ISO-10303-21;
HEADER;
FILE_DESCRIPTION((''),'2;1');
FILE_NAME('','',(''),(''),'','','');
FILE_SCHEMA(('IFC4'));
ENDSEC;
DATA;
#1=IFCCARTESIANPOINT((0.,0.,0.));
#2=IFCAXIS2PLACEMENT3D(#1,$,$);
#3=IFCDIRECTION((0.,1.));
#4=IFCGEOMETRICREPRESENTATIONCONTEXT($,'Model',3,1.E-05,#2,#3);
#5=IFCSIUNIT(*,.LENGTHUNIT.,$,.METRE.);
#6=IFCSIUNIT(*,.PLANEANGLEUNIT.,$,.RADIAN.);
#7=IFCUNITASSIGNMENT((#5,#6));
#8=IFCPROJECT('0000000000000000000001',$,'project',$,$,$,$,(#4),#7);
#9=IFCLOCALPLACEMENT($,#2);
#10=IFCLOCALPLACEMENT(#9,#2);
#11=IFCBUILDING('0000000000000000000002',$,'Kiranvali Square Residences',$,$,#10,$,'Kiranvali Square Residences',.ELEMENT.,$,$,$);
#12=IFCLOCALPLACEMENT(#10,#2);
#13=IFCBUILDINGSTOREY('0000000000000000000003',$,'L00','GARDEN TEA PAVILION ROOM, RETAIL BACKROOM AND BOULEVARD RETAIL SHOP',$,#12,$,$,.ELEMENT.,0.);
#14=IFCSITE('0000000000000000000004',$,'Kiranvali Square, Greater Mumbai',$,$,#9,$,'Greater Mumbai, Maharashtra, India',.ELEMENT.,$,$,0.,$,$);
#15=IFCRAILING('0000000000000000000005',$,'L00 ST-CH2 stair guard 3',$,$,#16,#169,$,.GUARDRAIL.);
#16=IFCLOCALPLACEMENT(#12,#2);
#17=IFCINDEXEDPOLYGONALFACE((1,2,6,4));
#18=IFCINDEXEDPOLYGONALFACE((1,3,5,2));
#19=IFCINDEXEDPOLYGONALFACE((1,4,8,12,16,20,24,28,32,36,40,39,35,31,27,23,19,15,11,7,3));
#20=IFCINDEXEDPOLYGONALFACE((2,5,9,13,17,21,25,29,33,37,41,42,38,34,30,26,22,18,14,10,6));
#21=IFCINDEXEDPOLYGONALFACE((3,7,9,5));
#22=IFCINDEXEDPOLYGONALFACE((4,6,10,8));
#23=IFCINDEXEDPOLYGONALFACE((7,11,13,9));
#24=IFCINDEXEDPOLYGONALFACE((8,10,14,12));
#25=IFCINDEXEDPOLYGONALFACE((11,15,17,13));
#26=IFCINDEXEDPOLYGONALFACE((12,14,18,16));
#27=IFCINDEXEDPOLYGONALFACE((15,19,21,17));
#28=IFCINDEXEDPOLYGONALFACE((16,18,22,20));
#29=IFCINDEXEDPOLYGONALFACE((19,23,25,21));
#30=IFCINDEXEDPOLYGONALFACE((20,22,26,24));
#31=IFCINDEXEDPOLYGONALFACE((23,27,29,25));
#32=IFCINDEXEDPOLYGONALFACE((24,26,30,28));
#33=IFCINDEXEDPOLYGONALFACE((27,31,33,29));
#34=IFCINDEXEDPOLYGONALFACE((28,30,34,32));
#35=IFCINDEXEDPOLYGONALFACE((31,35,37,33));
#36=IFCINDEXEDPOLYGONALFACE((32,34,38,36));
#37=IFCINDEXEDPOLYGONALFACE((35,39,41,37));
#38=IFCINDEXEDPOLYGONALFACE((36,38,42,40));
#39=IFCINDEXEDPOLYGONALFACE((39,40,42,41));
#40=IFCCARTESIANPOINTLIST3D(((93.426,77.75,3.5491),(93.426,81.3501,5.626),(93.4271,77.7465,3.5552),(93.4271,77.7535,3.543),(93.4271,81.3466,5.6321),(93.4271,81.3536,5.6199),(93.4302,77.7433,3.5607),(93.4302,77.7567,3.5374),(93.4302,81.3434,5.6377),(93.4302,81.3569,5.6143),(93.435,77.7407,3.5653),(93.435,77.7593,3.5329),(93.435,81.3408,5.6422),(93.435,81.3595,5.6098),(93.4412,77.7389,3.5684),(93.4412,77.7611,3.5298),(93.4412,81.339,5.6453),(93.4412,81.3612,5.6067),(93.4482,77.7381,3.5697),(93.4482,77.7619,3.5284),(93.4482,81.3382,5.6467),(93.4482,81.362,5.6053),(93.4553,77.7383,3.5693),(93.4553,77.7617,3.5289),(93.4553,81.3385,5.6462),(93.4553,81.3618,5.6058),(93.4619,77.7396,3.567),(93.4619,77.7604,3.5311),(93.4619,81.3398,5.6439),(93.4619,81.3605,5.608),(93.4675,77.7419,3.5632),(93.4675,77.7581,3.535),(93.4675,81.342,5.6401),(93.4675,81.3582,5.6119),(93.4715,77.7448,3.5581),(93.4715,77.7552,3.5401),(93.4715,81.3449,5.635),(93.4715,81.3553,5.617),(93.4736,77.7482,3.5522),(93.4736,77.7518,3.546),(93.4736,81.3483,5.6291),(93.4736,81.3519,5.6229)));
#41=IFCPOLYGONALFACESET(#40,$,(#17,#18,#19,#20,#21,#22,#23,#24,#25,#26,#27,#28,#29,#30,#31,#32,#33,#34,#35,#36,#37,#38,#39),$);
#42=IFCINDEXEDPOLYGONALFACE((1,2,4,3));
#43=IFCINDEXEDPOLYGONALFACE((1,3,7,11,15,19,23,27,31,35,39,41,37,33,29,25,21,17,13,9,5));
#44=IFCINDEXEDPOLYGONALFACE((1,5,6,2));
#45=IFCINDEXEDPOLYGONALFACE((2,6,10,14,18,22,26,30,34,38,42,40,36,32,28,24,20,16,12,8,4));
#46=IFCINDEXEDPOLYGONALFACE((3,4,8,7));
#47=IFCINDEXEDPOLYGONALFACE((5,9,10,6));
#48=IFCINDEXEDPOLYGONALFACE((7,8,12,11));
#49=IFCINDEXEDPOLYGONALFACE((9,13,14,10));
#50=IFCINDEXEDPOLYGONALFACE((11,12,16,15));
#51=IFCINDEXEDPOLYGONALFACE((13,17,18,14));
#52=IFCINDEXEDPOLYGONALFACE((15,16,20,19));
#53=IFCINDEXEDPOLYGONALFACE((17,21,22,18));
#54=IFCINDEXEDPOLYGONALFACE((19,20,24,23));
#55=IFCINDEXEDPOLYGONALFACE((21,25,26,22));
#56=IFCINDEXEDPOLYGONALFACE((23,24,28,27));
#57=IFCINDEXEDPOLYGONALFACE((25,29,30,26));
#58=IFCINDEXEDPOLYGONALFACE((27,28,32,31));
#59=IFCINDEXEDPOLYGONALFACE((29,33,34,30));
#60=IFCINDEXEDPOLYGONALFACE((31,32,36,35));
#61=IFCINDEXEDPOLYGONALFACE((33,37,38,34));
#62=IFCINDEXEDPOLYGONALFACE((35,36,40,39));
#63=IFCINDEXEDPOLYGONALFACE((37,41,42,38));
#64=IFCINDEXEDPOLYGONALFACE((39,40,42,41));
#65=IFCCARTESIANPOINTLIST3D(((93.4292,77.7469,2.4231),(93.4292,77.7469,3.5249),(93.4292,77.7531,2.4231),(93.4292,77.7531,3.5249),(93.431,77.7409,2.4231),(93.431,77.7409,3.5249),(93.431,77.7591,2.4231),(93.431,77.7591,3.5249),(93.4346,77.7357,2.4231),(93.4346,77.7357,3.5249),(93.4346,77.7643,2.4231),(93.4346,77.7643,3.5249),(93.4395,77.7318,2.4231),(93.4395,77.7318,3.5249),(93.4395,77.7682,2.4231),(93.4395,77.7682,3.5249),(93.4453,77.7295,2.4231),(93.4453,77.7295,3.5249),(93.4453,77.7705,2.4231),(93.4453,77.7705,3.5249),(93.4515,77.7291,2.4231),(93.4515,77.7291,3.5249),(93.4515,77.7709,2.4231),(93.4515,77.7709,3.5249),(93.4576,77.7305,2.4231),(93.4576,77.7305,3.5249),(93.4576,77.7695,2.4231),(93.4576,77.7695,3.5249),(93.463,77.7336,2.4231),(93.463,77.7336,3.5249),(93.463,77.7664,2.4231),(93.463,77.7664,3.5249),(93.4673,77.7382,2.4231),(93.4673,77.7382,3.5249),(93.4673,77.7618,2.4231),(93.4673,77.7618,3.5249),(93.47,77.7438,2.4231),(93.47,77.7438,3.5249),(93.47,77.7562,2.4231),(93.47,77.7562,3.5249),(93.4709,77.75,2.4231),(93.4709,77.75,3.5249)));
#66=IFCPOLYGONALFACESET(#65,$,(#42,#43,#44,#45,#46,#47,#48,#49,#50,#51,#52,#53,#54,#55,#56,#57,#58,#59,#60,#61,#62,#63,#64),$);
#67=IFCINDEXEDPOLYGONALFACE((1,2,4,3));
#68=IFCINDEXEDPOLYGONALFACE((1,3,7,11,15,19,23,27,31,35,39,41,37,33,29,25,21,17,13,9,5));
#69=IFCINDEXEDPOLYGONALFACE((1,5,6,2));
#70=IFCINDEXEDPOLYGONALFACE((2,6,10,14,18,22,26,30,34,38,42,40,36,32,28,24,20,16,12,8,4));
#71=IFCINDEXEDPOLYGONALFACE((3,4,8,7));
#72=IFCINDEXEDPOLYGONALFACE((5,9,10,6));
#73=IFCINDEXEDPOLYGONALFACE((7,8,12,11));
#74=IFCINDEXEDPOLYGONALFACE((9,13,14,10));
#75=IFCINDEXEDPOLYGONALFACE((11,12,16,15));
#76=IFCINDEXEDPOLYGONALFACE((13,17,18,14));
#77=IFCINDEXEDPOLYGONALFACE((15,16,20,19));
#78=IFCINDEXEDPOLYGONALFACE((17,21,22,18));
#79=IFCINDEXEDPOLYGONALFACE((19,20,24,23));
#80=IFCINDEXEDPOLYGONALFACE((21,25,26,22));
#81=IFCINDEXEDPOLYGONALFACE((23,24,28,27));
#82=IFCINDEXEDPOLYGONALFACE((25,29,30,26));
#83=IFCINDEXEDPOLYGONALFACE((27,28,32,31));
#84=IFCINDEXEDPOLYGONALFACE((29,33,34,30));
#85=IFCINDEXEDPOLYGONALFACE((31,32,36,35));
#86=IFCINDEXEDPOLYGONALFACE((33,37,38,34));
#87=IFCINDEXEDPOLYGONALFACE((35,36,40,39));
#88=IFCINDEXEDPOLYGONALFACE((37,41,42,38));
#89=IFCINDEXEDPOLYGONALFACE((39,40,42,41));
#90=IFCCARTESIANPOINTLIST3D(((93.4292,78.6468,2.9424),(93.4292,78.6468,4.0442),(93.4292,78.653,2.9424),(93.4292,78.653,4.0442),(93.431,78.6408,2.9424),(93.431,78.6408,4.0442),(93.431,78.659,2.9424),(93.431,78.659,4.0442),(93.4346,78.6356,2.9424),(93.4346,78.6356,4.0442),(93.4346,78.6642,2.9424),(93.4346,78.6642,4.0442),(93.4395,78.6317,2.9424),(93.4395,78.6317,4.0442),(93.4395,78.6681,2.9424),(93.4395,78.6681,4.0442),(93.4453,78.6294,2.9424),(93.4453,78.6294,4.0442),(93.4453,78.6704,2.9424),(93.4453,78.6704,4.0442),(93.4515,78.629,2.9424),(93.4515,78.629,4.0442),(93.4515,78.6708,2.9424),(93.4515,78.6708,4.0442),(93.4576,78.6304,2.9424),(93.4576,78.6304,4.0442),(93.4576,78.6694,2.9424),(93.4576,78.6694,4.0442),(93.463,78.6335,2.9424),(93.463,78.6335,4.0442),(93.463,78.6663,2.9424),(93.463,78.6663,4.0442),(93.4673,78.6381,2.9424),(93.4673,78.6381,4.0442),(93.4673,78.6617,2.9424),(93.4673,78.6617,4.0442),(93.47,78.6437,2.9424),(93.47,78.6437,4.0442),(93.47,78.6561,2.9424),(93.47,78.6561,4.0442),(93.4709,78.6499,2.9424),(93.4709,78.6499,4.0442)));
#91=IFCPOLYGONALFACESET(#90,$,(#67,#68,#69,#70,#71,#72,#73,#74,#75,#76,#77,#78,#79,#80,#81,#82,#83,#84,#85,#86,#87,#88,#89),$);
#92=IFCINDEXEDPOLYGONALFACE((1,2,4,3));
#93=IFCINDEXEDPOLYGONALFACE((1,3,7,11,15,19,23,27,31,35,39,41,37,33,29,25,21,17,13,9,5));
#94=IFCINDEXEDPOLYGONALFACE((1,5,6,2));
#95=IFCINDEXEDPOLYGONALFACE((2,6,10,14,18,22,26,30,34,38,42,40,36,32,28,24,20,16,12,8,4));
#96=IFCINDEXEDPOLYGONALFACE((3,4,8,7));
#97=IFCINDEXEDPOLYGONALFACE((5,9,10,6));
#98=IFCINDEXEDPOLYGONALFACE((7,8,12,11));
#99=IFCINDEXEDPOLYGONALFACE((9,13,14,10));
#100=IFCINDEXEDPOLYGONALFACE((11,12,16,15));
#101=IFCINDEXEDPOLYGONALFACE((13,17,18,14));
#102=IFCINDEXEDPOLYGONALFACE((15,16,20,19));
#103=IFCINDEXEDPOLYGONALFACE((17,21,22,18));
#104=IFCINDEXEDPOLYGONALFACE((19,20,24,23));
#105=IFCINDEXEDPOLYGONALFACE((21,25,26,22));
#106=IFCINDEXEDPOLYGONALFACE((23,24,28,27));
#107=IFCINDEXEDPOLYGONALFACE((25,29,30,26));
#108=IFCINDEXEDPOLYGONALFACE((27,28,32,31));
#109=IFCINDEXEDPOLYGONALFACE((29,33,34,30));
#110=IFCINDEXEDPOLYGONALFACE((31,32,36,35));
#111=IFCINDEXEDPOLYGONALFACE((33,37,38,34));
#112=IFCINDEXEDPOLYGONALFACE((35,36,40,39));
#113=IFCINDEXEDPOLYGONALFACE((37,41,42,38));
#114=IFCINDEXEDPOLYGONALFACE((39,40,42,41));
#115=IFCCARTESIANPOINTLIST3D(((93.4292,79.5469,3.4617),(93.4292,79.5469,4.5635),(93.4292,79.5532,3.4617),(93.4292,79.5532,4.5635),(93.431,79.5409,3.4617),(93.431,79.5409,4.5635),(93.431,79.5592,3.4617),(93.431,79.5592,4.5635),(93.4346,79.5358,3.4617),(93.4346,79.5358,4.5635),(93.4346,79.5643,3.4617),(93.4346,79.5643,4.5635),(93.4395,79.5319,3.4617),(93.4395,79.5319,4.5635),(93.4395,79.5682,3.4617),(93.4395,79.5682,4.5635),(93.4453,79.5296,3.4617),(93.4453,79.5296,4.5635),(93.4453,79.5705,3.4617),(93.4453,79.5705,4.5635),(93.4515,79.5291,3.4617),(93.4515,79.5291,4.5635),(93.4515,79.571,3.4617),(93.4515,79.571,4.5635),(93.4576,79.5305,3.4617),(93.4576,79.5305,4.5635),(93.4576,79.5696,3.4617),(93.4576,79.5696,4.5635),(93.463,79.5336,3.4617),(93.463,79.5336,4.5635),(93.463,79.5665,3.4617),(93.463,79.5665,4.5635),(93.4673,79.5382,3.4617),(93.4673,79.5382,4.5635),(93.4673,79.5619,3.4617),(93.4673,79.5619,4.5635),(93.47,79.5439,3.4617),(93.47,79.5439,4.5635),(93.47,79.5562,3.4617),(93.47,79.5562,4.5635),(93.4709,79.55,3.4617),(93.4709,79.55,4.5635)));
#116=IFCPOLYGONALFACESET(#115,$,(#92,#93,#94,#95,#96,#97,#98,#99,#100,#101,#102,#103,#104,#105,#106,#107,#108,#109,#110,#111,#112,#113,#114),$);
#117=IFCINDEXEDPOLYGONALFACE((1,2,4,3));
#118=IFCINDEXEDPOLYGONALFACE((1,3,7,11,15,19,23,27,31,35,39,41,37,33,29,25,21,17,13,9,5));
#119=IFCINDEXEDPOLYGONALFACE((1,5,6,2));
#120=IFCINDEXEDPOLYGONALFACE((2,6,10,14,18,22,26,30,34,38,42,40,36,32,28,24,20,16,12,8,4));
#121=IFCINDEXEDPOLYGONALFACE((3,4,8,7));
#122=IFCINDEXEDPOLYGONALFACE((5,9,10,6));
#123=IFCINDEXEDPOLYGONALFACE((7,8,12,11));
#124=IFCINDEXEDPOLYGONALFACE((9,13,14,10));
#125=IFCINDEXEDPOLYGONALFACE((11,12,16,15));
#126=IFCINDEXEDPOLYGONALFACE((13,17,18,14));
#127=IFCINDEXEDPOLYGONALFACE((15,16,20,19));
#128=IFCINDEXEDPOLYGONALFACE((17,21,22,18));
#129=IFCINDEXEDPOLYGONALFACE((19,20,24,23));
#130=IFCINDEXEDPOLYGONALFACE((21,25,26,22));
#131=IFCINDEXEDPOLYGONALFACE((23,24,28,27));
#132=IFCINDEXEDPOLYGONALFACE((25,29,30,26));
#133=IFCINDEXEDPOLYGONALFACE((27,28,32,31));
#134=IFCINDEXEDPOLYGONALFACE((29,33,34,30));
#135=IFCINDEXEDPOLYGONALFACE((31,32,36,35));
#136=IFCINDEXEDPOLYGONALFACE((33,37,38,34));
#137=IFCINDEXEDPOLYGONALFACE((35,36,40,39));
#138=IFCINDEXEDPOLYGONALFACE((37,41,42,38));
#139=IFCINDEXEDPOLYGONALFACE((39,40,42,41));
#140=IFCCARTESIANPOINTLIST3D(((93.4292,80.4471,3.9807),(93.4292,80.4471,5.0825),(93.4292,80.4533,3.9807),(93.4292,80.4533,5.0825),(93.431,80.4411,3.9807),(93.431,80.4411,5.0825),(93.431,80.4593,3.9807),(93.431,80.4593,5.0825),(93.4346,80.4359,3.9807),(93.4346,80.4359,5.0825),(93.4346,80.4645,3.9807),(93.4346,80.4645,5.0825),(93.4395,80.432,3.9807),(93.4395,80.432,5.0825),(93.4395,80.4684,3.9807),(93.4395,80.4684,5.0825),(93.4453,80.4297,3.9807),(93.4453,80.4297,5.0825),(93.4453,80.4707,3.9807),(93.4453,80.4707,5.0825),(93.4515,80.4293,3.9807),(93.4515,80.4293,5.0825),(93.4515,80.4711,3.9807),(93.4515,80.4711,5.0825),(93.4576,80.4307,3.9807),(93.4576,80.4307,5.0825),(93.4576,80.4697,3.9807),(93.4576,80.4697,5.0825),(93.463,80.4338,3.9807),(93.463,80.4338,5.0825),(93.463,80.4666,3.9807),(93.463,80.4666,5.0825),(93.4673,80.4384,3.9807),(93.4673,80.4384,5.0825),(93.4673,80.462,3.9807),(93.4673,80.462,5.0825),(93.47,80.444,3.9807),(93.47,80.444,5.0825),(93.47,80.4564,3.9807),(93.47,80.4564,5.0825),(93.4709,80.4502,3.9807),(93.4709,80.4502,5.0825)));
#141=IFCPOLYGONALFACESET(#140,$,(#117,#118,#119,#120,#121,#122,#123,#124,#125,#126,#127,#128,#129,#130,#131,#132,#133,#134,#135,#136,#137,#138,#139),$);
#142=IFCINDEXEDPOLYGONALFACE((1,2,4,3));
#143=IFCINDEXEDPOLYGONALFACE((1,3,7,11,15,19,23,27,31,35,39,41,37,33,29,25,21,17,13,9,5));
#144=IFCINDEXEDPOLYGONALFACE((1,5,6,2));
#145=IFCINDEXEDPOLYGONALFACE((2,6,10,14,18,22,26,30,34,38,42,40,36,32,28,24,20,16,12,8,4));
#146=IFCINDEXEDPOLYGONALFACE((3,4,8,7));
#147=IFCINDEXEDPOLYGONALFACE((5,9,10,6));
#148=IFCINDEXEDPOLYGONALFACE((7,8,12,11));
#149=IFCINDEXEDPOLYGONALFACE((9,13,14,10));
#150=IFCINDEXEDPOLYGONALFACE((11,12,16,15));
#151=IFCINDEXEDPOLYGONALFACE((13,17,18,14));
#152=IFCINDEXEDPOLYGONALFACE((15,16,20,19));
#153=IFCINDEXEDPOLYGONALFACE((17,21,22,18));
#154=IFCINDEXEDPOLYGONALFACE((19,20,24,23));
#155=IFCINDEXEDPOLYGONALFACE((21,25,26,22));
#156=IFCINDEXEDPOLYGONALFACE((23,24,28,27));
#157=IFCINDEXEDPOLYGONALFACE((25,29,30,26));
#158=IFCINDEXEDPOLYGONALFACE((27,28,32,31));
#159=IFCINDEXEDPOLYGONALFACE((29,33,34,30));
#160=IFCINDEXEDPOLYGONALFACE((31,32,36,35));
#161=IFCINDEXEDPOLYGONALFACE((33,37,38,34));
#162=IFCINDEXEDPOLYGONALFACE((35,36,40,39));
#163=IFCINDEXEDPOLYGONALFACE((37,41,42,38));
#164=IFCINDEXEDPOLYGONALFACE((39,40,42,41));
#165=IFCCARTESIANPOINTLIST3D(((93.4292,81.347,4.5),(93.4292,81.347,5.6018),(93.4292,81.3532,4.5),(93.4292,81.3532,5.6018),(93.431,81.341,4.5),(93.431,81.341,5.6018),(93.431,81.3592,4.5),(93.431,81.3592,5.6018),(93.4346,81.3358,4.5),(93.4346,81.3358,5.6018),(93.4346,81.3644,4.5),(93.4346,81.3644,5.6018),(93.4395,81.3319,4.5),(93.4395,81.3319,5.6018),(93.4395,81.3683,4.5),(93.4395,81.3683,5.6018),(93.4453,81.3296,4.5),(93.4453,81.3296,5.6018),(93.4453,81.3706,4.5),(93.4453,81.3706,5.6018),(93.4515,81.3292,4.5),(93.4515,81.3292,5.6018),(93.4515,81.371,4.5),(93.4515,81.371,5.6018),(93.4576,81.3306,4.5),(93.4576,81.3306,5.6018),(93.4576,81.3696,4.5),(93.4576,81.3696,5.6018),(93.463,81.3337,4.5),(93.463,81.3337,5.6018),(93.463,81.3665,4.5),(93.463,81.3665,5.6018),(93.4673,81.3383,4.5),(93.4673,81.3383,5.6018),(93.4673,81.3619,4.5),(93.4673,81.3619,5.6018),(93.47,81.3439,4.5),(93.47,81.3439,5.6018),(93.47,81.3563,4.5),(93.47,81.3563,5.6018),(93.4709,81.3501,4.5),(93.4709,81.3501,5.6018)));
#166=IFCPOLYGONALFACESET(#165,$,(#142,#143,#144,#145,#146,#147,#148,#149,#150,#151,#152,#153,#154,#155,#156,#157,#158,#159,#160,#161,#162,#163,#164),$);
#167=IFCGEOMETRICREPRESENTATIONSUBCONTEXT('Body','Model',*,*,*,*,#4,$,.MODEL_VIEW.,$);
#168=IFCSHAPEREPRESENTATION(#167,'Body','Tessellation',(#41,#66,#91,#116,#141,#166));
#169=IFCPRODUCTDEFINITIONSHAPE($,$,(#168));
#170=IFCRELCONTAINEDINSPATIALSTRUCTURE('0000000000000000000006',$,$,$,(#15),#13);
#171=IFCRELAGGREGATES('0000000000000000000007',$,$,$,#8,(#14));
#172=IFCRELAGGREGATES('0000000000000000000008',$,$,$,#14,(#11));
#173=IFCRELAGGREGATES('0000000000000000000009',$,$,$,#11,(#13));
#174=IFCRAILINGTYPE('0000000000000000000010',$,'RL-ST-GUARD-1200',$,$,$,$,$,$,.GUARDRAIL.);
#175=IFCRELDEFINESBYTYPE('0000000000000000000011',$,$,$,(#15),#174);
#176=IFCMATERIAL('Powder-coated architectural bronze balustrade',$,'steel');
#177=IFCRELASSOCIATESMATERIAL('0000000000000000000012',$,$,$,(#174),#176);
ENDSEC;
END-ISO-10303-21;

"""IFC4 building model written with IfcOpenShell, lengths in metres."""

from ifc_helpers import new_model, si_unit, direction, frame, origin, origin_2d, place, context, subcontext, project, spatial, circle, extrude, material, type_object, element, save


model = new_model("IFC4")

# Units and contexts
model_context = context("Model", 3, precision=1e-05, world=origin(), true_north=direction((0.0, 1.0)))
body_context = subcontext(model_context, "Body", "Model", "MODEL_VIEW")
ifc_project = project(units=[si_unit("LENGTHUNIT", "METRE"), si_unit("PLANEANGLEUNIT", "RADIAN")], contexts=[model_context])

# Site, building, storey
site_placement = place(None, origin())
site = spatial("IfcSite", under=ifc_project, at=site_placement, Name="Kiranvali Square, Greater Mumbai", LongName="Greater Mumbai, Maharashtra, India", CompositionType="ELEMENT", RefElevation=0.0)
building_placement = place(site_placement, origin())
building = spatial("IfcBuilding", under=site, at=building_placement, Name="Kiranvali Square Residences", LongName="Kiranvali Square Residences", CompositionType="ELEMENT")
storey_placement = place(building_placement, origin())
storey = spatial("IfcBuildingStorey", under=building, at=storey_placement, Name="L00", Description="GARDEN TEA PAVILION ROOM, RETAIL BACKROOM AND BOULEVARD RETAIL SHOP", CompositionType="ELEMENT", Elevation=0.0)

# Railing
ifc_material_1 = material(Name="Powder-coated architectural bronze balustrade", Category="steel")
railing_type_1 = type_object("IfcRailingType", Name="RL-ST-GUARD-1200", PredefinedType="GUARDRAIL", material=ifc_material_1)
railing_1_placement = place(storey_placement, frame((93.45, 77.75, 2.4231)))
element("IfcRailing", 1, at=railing_1_placement, inside=storey, type_object=railing_type_1, Name="L00 ST-CH2 stair guard 3", PredefinedType="GUARDRAIL", context=body_context, shape_type="SweptSolid", body=[
    extrude(circle(Radius=0.0239, at=origin_2d()), frame((0.0, 0.0, 1.126), z_axis=(0.0, 0.866193, 0.499709), x_axis=(-1.0, 0.0, 0.0)), (0.0, 0.0, 1.0), 4.1562),
    extrude(circle(Radius=0.021, at=origin_2d()), origin(), (0.0, 0.0, 1.0), 1.1018),
    extrude(circle(Radius=0.021, at=origin_2d()), frame((0.0, 0.8999, 0.5193)), (0.0, 0.0, 1.0), 1.1018),
    extrude(circle(Radius=0.021, at=origin_2d()), frame((0.0, 1.8, 1.0386)), (0.0, 0.0, 1.0), 1.1018),
    extrude(circle(Radius=0.021, at=origin_2d()), frame((0.0, 2.7002, 1.5576)), (0.0, 0.0, 1.0), 1.1018),
    extrude(circle(Radius=0.021, at=origin_2d()), frame((0.0, 3.6001, 2.0769)), (0.0, 0.0, 1.0), 1.1018),
])

save(model, "model.ifc")
